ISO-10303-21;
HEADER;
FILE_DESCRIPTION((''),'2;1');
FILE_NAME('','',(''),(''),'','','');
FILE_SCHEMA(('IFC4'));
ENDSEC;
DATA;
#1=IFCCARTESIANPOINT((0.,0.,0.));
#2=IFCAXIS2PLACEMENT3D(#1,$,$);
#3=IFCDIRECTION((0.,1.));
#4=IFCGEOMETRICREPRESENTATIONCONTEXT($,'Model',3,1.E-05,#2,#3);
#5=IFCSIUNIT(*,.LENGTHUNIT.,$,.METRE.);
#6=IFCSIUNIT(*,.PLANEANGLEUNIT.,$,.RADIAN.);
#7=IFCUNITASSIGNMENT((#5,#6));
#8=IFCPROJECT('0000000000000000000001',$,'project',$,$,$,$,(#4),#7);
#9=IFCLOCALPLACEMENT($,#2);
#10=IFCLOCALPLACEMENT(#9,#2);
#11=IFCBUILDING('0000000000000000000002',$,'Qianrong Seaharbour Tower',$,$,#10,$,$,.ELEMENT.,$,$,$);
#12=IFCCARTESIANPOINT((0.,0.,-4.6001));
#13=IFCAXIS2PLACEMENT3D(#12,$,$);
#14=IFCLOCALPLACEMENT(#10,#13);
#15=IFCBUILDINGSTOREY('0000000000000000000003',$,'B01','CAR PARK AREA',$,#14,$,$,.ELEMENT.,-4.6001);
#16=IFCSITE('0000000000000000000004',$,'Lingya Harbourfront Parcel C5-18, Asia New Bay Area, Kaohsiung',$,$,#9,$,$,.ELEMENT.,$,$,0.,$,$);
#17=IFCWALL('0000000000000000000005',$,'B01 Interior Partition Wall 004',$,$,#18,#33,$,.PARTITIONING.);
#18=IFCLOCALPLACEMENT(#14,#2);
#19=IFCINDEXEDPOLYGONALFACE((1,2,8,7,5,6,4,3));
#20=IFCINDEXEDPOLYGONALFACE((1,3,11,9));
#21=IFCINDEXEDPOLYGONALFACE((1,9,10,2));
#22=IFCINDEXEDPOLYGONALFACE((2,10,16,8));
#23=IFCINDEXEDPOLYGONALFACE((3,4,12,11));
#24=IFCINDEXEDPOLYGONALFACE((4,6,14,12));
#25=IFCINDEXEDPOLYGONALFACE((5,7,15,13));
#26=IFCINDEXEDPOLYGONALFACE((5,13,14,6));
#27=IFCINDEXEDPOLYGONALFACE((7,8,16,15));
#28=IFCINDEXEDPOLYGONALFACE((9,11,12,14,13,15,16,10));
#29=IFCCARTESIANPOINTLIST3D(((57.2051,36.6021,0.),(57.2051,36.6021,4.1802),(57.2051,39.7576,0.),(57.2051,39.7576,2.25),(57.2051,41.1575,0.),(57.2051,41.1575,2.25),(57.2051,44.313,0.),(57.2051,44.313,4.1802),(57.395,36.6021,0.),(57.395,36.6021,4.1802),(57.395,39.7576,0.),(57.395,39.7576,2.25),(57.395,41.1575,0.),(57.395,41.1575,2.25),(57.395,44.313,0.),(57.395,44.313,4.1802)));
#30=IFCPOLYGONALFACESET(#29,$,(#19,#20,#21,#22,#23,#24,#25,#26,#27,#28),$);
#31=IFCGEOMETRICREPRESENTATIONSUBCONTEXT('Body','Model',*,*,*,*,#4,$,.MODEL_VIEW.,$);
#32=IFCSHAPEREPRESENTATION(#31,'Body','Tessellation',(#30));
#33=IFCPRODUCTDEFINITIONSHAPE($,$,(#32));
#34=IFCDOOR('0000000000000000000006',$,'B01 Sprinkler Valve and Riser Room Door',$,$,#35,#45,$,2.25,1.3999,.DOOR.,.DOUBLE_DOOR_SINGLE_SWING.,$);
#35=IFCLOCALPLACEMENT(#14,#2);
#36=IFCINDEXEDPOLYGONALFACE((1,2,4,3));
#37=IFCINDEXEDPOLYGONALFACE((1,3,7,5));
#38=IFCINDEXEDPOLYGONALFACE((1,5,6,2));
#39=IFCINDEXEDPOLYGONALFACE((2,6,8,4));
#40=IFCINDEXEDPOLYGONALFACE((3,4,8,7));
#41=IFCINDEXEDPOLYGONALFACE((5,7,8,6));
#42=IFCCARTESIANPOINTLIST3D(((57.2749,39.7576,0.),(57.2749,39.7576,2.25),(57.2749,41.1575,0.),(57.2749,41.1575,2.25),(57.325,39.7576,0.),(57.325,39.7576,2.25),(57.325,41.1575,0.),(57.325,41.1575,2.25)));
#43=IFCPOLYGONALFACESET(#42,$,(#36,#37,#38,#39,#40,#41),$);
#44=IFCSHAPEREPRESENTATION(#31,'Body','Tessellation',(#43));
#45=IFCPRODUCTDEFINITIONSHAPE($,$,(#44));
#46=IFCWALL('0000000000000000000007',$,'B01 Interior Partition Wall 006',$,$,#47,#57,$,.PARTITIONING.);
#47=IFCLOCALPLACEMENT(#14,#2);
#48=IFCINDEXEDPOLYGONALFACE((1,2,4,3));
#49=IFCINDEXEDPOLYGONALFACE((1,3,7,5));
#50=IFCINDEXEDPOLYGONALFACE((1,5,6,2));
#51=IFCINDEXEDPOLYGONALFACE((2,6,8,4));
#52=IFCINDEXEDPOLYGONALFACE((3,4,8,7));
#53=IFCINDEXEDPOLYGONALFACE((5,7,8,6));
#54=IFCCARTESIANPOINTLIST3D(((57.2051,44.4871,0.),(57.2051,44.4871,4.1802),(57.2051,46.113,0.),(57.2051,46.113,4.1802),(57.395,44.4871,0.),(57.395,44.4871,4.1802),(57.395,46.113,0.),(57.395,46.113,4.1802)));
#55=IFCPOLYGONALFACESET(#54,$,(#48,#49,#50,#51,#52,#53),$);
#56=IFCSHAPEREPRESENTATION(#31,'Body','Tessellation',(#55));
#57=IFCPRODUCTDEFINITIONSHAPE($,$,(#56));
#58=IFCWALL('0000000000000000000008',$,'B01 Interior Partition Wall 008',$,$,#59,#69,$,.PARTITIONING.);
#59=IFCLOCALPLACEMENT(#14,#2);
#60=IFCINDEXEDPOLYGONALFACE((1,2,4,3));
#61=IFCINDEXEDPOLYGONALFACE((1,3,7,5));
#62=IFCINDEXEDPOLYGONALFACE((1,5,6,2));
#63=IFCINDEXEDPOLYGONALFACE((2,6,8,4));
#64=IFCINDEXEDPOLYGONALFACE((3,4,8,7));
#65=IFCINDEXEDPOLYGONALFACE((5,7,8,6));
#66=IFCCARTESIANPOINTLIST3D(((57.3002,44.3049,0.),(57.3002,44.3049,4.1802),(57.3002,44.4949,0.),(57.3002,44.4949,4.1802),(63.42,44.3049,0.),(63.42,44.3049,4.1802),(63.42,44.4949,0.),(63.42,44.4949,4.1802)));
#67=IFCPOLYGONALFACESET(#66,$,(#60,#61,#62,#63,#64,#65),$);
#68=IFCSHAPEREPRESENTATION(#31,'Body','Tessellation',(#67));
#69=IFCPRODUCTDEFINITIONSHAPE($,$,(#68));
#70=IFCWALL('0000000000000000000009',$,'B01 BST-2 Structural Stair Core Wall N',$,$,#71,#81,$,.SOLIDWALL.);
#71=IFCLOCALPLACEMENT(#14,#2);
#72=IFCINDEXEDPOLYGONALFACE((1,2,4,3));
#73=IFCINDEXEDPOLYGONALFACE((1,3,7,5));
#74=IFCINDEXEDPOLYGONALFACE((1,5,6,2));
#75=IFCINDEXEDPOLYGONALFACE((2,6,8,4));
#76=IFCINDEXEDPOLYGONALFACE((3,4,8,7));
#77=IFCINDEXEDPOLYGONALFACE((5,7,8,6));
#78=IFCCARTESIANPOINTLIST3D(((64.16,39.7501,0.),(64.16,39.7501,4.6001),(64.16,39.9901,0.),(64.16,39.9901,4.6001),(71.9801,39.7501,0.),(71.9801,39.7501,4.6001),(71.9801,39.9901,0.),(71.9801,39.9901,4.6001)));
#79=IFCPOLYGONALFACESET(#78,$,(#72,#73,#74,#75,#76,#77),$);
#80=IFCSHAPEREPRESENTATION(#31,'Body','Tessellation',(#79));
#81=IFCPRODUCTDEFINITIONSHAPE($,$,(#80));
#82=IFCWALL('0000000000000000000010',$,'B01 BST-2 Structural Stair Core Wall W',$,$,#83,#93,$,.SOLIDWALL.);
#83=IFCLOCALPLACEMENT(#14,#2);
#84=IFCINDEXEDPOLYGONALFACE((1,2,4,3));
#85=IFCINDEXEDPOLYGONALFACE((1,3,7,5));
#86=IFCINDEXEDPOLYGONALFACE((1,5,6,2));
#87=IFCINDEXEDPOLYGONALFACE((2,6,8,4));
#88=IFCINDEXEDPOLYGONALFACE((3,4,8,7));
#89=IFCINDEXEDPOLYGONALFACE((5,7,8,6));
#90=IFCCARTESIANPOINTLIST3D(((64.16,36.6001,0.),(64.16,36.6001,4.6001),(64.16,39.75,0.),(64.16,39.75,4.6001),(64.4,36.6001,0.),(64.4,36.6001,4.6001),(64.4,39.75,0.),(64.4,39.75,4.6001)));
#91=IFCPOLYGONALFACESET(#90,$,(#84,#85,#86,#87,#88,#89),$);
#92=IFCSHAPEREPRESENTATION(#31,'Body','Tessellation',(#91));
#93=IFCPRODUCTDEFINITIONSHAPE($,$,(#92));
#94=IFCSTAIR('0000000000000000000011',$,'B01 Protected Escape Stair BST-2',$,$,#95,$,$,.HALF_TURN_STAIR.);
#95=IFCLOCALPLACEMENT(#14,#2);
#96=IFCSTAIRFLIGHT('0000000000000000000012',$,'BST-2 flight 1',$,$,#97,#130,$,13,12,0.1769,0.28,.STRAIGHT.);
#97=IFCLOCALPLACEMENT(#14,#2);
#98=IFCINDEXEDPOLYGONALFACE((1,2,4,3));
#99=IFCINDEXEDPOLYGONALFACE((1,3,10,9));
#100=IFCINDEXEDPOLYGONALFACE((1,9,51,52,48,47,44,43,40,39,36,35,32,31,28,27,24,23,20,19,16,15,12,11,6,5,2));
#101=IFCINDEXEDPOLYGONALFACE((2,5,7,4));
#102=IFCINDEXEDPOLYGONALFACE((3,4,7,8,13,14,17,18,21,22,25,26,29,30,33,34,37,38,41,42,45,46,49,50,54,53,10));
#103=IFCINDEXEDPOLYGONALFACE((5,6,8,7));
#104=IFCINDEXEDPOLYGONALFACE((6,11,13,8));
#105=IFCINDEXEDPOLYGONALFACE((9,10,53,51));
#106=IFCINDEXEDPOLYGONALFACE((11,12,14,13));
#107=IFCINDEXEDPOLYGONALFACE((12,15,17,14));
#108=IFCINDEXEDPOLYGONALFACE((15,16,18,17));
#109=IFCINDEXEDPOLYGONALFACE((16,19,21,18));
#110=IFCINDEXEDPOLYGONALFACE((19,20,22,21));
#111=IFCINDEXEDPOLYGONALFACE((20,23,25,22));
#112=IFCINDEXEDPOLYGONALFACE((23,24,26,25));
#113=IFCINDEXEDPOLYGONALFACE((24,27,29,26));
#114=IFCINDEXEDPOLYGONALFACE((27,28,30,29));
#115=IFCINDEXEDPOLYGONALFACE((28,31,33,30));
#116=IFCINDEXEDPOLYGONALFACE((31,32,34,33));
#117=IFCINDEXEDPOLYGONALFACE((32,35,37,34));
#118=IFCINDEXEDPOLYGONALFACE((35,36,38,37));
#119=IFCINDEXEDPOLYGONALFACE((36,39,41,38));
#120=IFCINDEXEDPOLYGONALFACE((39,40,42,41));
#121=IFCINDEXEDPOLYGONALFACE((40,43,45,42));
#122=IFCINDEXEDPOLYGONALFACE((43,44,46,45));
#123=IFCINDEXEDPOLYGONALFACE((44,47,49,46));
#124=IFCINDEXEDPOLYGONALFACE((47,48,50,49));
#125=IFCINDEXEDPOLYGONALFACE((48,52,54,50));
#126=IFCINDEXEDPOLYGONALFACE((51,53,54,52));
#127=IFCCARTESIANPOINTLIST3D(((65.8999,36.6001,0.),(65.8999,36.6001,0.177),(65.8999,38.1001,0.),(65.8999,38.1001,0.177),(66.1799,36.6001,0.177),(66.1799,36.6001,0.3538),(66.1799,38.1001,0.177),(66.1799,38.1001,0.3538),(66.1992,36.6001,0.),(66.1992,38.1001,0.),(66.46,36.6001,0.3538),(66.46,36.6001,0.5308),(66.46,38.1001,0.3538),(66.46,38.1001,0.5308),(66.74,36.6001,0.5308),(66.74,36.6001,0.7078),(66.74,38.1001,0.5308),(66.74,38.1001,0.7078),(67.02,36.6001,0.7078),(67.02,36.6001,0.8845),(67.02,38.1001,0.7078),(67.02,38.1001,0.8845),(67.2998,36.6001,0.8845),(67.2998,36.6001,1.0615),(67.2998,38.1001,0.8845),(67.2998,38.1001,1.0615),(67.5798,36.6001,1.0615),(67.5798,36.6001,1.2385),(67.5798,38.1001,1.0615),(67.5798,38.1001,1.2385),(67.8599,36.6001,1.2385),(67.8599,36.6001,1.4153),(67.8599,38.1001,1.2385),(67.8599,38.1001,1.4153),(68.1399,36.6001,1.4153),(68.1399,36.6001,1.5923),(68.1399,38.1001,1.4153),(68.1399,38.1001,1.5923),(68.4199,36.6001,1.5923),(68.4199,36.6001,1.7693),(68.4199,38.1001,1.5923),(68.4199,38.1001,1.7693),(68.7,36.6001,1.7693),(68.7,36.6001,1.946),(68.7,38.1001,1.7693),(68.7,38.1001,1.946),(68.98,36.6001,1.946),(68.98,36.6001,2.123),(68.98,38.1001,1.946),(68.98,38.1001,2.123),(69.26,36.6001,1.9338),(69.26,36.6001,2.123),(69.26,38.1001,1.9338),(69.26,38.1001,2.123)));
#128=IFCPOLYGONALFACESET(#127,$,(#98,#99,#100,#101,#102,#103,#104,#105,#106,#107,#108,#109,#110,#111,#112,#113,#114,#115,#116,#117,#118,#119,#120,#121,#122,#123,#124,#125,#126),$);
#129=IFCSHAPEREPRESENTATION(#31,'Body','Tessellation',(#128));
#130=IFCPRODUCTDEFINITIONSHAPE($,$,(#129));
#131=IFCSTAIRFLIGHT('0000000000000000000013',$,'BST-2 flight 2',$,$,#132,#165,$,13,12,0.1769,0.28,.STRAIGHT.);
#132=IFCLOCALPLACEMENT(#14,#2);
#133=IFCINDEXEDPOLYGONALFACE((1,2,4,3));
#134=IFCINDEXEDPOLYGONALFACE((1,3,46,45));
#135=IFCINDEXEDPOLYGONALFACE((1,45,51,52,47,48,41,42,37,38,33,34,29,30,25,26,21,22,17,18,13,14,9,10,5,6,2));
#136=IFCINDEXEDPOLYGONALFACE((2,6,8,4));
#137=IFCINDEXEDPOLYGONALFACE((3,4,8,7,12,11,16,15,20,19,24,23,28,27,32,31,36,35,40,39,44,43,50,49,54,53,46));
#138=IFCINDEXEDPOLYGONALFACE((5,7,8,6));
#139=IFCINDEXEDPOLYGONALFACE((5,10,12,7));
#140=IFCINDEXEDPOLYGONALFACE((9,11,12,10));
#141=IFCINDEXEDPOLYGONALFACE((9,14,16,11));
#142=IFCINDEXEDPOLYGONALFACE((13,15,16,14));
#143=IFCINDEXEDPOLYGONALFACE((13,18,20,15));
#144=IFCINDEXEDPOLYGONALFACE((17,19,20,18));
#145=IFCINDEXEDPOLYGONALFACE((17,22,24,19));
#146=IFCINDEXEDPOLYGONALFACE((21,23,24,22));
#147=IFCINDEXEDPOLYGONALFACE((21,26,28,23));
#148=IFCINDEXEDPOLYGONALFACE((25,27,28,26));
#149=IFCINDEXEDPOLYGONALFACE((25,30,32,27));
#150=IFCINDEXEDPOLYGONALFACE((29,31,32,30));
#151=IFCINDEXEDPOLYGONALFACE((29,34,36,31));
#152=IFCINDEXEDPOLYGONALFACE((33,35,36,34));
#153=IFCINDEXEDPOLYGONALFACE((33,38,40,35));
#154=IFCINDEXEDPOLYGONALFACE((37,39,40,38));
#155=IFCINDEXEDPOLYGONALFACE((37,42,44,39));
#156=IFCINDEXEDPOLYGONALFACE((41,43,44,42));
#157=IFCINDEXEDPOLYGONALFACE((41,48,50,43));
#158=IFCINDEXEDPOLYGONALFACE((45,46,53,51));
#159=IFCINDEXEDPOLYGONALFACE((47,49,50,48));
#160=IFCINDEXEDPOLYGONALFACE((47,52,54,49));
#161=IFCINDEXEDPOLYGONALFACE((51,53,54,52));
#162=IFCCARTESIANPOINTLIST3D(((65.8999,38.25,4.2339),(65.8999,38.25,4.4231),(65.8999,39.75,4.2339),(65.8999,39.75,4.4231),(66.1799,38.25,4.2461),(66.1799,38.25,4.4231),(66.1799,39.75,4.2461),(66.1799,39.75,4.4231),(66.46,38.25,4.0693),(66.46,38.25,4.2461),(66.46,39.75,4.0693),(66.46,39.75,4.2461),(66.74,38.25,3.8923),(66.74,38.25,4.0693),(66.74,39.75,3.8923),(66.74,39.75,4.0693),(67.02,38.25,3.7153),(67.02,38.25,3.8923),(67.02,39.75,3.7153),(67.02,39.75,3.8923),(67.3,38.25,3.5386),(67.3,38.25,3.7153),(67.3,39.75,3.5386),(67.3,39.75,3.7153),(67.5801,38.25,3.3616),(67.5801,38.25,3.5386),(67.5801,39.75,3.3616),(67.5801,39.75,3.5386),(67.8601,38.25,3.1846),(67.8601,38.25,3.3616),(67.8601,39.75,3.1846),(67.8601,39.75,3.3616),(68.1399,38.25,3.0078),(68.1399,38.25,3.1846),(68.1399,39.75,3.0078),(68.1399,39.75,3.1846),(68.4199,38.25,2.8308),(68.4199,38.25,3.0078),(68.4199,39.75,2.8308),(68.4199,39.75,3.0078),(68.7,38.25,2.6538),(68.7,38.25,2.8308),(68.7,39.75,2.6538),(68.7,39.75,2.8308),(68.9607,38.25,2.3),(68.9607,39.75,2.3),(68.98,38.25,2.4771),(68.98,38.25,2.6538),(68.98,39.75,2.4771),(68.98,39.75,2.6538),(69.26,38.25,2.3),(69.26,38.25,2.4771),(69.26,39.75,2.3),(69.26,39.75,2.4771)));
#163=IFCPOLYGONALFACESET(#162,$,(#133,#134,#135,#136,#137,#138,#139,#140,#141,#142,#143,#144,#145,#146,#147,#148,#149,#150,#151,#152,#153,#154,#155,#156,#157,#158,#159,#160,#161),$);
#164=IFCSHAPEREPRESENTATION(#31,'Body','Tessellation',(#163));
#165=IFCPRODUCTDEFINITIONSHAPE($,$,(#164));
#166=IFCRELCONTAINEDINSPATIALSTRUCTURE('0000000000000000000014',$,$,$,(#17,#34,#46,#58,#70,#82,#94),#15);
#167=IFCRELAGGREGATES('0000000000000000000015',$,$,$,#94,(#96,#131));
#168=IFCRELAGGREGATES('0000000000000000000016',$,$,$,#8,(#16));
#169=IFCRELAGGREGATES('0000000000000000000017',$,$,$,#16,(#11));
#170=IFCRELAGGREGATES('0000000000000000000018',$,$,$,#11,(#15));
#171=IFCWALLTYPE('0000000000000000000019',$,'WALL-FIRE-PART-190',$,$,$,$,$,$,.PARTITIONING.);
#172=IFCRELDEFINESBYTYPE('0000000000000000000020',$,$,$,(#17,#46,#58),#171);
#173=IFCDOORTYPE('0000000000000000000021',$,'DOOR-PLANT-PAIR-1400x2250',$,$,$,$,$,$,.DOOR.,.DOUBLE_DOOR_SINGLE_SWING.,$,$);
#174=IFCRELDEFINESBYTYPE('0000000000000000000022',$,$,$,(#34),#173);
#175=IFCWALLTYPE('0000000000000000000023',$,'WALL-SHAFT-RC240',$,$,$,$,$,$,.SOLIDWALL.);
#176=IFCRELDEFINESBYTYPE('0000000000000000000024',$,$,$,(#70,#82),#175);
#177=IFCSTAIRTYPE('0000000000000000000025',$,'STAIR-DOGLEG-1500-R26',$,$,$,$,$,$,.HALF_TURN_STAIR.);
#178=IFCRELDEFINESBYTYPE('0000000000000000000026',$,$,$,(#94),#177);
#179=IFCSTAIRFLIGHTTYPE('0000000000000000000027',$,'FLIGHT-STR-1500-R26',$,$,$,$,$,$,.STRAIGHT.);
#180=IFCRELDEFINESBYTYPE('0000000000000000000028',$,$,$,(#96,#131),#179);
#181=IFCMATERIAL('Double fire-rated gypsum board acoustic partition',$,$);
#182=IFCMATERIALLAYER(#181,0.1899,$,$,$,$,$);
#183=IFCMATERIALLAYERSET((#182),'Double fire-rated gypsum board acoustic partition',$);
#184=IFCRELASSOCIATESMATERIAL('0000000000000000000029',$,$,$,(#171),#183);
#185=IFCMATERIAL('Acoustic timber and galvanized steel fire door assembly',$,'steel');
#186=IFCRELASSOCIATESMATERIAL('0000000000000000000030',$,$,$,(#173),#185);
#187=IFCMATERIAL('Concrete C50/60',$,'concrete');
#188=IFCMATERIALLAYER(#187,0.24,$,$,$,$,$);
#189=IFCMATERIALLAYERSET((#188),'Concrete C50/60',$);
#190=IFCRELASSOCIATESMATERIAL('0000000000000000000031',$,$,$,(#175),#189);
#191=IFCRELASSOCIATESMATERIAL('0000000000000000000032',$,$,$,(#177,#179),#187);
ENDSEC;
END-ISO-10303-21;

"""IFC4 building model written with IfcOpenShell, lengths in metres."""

from ifc_helpers import new_model, si_unit, direction, frame, frame_2d, origin, place, context, subcontext, project, spatial, polyline, rectangle, outline, extrude, material, layer, layer_set, type_object, element, fill, aggregate, save


model = new_model("IFC4")

# Units and contexts
model_context = context("Model", 3, precision=1e-05, world=origin(), true_north=direction((0.0, 1.0)))
body_context = subcontext(model_context, "Body", "Model", "MODEL_VIEW")
ifc_project = project(units=[si_unit("LENGTHUNIT", "METRE"), si_unit("PLANEANGLEUNIT", "RADIAN")], contexts=[model_context])

# Site, building, storey
site_placement = place(None, origin())
site = spatial("IfcSite", under=ifc_project, at=site_placement, Name="Lingya Harbourfront Parcel C5-18, Asia New Bay Area, Kaohsiung", CompositionType="ELEMENT", RefElevation=0.0)
building_placement = place(site_placement, origin())
building = spatial("IfcBuilding", under=site, at=building_placement, Name="Qianrong Seaharbour Tower", CompositionType="ELEMENT")
storey_placement = place(building_placement, frame((0.0, 0.0, -4.6001)))
storey = spatial("IfcBuildingStorey", under=building, at=storey_placement, Name="B01", Description="CAR PARK AREA", CompositionType="ELEMENT", Elevation=-4.6001)

# Shared definitions
ifc_material_1 = material(Name="Concrete C50/60", Category="concrete")

# Wall, opening, door
ifc_material_2 = material(Name="Double fire-rated gypsum board acoustic partition")
ifc_layer_1 = layer(ifc_material_2, 0.1899)
ifc_layer_set_1 = layer_set([ifc_layer_1], Name="Double fire-rated gypsum board acoustic partition")
wall_type_1 = type_object("IfcWallType", Name="WALL-FIRE-PART-190", PredefinedType="PARTITIONING", material=ifc_layer_set_1)
wall_1_placement = place(storey_placement, frame((57.3, 44.313, 0.0), z_axis=(0.0, 0.0, 1.0), x_axis=(0.0, -1.0, 0.0)))
wall_1 = element("IfcWall", 1, at=wall_1_placement, inside=storey, type_object=wall_type_1, Name="B01 Interior Partition Wall 004", PredefinedType="PARTITIONING", context=body_context, shape_type="SweptSolid", body=[
    extrude(rectangle(XDim=7.7109, YDim=0.1899, at=frame_2d((3.8555, 0.0))), origin(), (0.0, 0.0, 1.0), 4.1802),
])
opening_placement = place(wall_1_placement, frame((3.1555, 0.0, 0.0)))
opening = element("IfcOpeningElement", 2, at=opening_placement, cuts=wall_1, PredefinedType="OPENING", context=body_context, shape_type="SweptSolid", body=[
    extrude(rectangle(XDim=1.3999, YDim=2.25, at=frame_2d((0.7, 1.125))), frame((0.0, 0.105, 0.0), z_axis=(0.0, -1.0, 0.0), x_axis=(1.0, 0.0, 0.0)), (0.0, 0.0, 1.0), 0.21),
])
ifc_material_3 = material(Name="Acoustic timber and galvanized steel fire door assembly", Category="steel")
door_type = type_object("IfcDoorType", Name="DOOR-PLANT-PAIR-1400x2250", OperationType="DOUBLE_DOOR_SINGLE_SWING", PredefinedType="DOOR", material=ifc_material_3)
door_placement = place(opening_placement, origin())
door = element("IfcDoor", 3, at=door_placement, inside=storey, type_object=door_type, Name="B01 Sprinkler Valve and Riser Room Door", OperationType="DOUBLE_DOOR_SINGLE_SWING", OverallHeight=2.25, OverallWidth=1.3999, PredefinedType="DOOR", context=body_context, shape_type="SweptSolid", body=[
    extrude(rectangle(XDim=1.3999, YDim=2.25, at=frame_2d((0.7, 1.125))), frame((0.0, 0.0249, 0.0), z_axis=(0.0, -1.0, 0.0), x_axis=(1.0, 0.0, 0.0)), (0.0, 0.0, 1.0), 0.05),
])
fill(opening, door)

# Walls
wall_2_placement = place(storey_placement, frame((57.3, 46.113, 0.0), z_axis=(0.0, 0.0, 1.0), x_axis=(0.0, -1.0, 0.0)))
element("IfcWall", 4, at=wall_2_placement, inside=storey, type_object=wall_type_1, Name="B01 Interior Partition Wall 006", PredefinedType="PARTITIONING", context=body_context, shape_type="SweptSolid", body=[
    extrude(rectangle(XDim=1.626, YDim=0.1899, at=frame_2d((0.813, 0.0))), origin(), (0.0, 0.0, 1.0), 4.1802),
])
wall_3_placement = place(storey_placement, frame((57.3, 44.3999, 0.0), z_axis=(0.0, 0.0, 1.0), x_axis=(1.0, 0.0, 0.0)))
element("IfcWall", 5, at=wall_3_placement, inside=storey, type_object=wall_type_1, Name="B01 Interior Partition Wall 008", PredefinedType="PARTITIONING", context=body_context, shape_type="SweptSolid", body=[
    extrude(rectangle(XDim=6.1199, YDim=0.1899, at=frame_2d((3.0601, 0.0))), origin(), (0.0, 0.0, 1.0), 4.1802),
])
ifc_layer_2 = layer(ifc_material_1, 0.24)
ifc_layer_set_2 = layer_set([ifc_layer_2], Name="Concrete C50/60")
wall_type_2 = type_object("IfcWallType", Name="WALL-SHAFT-RC240", PredefinedType="SOLIDWALL", material=ifc_layer_set_2)
wall_4_placement = place(storey_placement, frame((64.1599, 39.8701, 0.0), z_axis=(0.0, 0.0, 1.0), x_axis=(1.0, 0.0, 0.0)))
element("IfcWall", 6, at=wall_4_placement, inside=storey, type_object=wall_type_2, Name="B01 BST-2 Structural Stair Core Wall N", PredefinedType="SOLIDWALL", context=body_context, shape_type="SweptSolid", body=[
    extrude(rectangle(XDim=7.8201, YDim=0.24, at=frame_2d((3.9102, 0.0))), origin(), (0.0, 0.0, 1.0), 4.6001),
])
wall_5_placement = place(storey_placement, frame((64.28, 39.75, 0.0), z_axis=(0.0, 0.0, 1.0), x_axis=(0.0, -1.0, 0.0)))
element("IfcWall", 7, at=wall_5_placement, inside=storey, type_object=wall_type_2, Name="B01 BST-2 Structural Stair Core Wall W", PredefinedType="SOLIDWALL", context=body_context, shape_type="SweptSolid", body=[
    extrude(rectangle(XDim=3.1499, YDim=0.24, at=frame_2d((1.575, 0.0))), origin(), (0.0, 0.0, 1.0), 4.6001),
])

# Stair, stair flights
stair_type = type_object("IfcStairType", Name="STAIR-DOGLEG-1500-R26", PredefinedType="HALF_TURN_STAIR", material=ifc_material_1)
stair_placement = place(storey_placement, origin())
stair = element("IfcStair", 8, at=stair_placement, inside=storey, type_object=stair_type, Name="B01 Protected Escape Stair BST-2", PredefinedType="HALF_TURN_STAIR")
stair_flight_type = type_object("IfcStairFlightType", Name="FLIGHT-STR-1500-R26", PredefinedType="STRAIGHT", material=ifc_material_1)
stair_flight_1_placement = place(storey_placement, frame((65.8999, 37.3501, 0.0), z_axis=(0.0, 0.0, 1.0), x_axis=(1.0, 0.0, 0.0)))
stair_flight_1 = element("IfcStairFlight", 9, at=stair_flight_1_placement, type_object=stair_flight_type, Name="BST-2 flight 1", NumberOfRisers=13, NumberOfTreads=12, PredefinedType="STRAIGHT", RiserHeight=0.1769, TreadLength=0.28, context=body_context, shape_type="SweptSolid", body=[
    extrude(outline(polyline([(0.0, 0.0), (0.0, 0.177), (0.28, 0.177), (0.28, 0.3538), (0.5601, 0.3538), (0.5601, 0.5308), (0.8401, 0.5308), (0.8401, 0.7078), (1.1201, 0.7078), (1.1201, 0.8845), (1.3999, 0.8845), (1.3999, 1.0615), (1.6799, 1.0615), (1.6799, 1.2385), (1.96, 1.2385), (1.96, 1.4153), (2.24, 1.4153), (2.24, 1.5923), (2.52, 1.5923), (2.52, 1.7693), (2.8, 1.7693), (2.8, 1.946), (3.0801, 1.946), (3.0801, 2.123), (3.3601, 2.123), (3.3601, 2.3), (3.3601, 1.9338), (0.2993, 0.0), (0.0, 0.0)])), frame((0.0, 0.75, 0.0), z_axis=(0.0, -1.0, 0.0), x_axis=(1.0, 0.0, 0.0)), (0.0, 0.0, 1.0), 1.5),
])
stair_flight_2_placement = place(storey_placement, frame((69.26, 39.0, 2.3), z_axis=(0.0, 0.0, 1.0), x_axis=(-1.0, 0.0, 0.0)))
stair_flight_2 = element("IfcStairFlight", 10, at=stair_flight_2_placement, type_object=stair_flight_type, Name="BST-2 flight 2", NumberOfRisers=13, NumberOfTreads=12, PredefinedType="STRAIGHT", RiserHeight=0.1769, TreadLength=0.28, context=body_context, shape_type="SweptSolid", body=[
    extrude(outline(polyline([(0.0, 0.0), (0.0, 0.177), (0.28, 0.177), (0.28, 0.3538), (0.5601, 0.3538), (0.5601, 0.5308), (0.8401, 0.5308), (0.8401, 0.7078), (1.1201, 0.7078), (1.1201, 0.8845), (1.3999, 0.8845), (1.3999, 1.0615), (1.6799, 1.0615), (1.6799, 1.2385), (1.96, 1.2385), (1.96, 1.4153), (2.24, 1.4153), (2.24, 1.5923), (2.52, 1.5923), (2.52, 1.7693), (2.8, 1.7693), (2.8, 1.946), (3.0801, 1.946), (3.0801, 2.123), (3.3601, 2.123), (3.3601, 2.3), (3.3601, 1.9338), (0.2993, 0.0), (0.0, 0.0)])), frame((0.0, 0.75, 0.0), z_axis=(0.0, -1.0, 0.0), x_axis=(1.0, 0.0, 0.0)), (0.0, 0.0, 1.0), 1.5),
])
aggregate(stair, [stair_flight_1, stair_flight_2])

save(model, "model.ifc")
